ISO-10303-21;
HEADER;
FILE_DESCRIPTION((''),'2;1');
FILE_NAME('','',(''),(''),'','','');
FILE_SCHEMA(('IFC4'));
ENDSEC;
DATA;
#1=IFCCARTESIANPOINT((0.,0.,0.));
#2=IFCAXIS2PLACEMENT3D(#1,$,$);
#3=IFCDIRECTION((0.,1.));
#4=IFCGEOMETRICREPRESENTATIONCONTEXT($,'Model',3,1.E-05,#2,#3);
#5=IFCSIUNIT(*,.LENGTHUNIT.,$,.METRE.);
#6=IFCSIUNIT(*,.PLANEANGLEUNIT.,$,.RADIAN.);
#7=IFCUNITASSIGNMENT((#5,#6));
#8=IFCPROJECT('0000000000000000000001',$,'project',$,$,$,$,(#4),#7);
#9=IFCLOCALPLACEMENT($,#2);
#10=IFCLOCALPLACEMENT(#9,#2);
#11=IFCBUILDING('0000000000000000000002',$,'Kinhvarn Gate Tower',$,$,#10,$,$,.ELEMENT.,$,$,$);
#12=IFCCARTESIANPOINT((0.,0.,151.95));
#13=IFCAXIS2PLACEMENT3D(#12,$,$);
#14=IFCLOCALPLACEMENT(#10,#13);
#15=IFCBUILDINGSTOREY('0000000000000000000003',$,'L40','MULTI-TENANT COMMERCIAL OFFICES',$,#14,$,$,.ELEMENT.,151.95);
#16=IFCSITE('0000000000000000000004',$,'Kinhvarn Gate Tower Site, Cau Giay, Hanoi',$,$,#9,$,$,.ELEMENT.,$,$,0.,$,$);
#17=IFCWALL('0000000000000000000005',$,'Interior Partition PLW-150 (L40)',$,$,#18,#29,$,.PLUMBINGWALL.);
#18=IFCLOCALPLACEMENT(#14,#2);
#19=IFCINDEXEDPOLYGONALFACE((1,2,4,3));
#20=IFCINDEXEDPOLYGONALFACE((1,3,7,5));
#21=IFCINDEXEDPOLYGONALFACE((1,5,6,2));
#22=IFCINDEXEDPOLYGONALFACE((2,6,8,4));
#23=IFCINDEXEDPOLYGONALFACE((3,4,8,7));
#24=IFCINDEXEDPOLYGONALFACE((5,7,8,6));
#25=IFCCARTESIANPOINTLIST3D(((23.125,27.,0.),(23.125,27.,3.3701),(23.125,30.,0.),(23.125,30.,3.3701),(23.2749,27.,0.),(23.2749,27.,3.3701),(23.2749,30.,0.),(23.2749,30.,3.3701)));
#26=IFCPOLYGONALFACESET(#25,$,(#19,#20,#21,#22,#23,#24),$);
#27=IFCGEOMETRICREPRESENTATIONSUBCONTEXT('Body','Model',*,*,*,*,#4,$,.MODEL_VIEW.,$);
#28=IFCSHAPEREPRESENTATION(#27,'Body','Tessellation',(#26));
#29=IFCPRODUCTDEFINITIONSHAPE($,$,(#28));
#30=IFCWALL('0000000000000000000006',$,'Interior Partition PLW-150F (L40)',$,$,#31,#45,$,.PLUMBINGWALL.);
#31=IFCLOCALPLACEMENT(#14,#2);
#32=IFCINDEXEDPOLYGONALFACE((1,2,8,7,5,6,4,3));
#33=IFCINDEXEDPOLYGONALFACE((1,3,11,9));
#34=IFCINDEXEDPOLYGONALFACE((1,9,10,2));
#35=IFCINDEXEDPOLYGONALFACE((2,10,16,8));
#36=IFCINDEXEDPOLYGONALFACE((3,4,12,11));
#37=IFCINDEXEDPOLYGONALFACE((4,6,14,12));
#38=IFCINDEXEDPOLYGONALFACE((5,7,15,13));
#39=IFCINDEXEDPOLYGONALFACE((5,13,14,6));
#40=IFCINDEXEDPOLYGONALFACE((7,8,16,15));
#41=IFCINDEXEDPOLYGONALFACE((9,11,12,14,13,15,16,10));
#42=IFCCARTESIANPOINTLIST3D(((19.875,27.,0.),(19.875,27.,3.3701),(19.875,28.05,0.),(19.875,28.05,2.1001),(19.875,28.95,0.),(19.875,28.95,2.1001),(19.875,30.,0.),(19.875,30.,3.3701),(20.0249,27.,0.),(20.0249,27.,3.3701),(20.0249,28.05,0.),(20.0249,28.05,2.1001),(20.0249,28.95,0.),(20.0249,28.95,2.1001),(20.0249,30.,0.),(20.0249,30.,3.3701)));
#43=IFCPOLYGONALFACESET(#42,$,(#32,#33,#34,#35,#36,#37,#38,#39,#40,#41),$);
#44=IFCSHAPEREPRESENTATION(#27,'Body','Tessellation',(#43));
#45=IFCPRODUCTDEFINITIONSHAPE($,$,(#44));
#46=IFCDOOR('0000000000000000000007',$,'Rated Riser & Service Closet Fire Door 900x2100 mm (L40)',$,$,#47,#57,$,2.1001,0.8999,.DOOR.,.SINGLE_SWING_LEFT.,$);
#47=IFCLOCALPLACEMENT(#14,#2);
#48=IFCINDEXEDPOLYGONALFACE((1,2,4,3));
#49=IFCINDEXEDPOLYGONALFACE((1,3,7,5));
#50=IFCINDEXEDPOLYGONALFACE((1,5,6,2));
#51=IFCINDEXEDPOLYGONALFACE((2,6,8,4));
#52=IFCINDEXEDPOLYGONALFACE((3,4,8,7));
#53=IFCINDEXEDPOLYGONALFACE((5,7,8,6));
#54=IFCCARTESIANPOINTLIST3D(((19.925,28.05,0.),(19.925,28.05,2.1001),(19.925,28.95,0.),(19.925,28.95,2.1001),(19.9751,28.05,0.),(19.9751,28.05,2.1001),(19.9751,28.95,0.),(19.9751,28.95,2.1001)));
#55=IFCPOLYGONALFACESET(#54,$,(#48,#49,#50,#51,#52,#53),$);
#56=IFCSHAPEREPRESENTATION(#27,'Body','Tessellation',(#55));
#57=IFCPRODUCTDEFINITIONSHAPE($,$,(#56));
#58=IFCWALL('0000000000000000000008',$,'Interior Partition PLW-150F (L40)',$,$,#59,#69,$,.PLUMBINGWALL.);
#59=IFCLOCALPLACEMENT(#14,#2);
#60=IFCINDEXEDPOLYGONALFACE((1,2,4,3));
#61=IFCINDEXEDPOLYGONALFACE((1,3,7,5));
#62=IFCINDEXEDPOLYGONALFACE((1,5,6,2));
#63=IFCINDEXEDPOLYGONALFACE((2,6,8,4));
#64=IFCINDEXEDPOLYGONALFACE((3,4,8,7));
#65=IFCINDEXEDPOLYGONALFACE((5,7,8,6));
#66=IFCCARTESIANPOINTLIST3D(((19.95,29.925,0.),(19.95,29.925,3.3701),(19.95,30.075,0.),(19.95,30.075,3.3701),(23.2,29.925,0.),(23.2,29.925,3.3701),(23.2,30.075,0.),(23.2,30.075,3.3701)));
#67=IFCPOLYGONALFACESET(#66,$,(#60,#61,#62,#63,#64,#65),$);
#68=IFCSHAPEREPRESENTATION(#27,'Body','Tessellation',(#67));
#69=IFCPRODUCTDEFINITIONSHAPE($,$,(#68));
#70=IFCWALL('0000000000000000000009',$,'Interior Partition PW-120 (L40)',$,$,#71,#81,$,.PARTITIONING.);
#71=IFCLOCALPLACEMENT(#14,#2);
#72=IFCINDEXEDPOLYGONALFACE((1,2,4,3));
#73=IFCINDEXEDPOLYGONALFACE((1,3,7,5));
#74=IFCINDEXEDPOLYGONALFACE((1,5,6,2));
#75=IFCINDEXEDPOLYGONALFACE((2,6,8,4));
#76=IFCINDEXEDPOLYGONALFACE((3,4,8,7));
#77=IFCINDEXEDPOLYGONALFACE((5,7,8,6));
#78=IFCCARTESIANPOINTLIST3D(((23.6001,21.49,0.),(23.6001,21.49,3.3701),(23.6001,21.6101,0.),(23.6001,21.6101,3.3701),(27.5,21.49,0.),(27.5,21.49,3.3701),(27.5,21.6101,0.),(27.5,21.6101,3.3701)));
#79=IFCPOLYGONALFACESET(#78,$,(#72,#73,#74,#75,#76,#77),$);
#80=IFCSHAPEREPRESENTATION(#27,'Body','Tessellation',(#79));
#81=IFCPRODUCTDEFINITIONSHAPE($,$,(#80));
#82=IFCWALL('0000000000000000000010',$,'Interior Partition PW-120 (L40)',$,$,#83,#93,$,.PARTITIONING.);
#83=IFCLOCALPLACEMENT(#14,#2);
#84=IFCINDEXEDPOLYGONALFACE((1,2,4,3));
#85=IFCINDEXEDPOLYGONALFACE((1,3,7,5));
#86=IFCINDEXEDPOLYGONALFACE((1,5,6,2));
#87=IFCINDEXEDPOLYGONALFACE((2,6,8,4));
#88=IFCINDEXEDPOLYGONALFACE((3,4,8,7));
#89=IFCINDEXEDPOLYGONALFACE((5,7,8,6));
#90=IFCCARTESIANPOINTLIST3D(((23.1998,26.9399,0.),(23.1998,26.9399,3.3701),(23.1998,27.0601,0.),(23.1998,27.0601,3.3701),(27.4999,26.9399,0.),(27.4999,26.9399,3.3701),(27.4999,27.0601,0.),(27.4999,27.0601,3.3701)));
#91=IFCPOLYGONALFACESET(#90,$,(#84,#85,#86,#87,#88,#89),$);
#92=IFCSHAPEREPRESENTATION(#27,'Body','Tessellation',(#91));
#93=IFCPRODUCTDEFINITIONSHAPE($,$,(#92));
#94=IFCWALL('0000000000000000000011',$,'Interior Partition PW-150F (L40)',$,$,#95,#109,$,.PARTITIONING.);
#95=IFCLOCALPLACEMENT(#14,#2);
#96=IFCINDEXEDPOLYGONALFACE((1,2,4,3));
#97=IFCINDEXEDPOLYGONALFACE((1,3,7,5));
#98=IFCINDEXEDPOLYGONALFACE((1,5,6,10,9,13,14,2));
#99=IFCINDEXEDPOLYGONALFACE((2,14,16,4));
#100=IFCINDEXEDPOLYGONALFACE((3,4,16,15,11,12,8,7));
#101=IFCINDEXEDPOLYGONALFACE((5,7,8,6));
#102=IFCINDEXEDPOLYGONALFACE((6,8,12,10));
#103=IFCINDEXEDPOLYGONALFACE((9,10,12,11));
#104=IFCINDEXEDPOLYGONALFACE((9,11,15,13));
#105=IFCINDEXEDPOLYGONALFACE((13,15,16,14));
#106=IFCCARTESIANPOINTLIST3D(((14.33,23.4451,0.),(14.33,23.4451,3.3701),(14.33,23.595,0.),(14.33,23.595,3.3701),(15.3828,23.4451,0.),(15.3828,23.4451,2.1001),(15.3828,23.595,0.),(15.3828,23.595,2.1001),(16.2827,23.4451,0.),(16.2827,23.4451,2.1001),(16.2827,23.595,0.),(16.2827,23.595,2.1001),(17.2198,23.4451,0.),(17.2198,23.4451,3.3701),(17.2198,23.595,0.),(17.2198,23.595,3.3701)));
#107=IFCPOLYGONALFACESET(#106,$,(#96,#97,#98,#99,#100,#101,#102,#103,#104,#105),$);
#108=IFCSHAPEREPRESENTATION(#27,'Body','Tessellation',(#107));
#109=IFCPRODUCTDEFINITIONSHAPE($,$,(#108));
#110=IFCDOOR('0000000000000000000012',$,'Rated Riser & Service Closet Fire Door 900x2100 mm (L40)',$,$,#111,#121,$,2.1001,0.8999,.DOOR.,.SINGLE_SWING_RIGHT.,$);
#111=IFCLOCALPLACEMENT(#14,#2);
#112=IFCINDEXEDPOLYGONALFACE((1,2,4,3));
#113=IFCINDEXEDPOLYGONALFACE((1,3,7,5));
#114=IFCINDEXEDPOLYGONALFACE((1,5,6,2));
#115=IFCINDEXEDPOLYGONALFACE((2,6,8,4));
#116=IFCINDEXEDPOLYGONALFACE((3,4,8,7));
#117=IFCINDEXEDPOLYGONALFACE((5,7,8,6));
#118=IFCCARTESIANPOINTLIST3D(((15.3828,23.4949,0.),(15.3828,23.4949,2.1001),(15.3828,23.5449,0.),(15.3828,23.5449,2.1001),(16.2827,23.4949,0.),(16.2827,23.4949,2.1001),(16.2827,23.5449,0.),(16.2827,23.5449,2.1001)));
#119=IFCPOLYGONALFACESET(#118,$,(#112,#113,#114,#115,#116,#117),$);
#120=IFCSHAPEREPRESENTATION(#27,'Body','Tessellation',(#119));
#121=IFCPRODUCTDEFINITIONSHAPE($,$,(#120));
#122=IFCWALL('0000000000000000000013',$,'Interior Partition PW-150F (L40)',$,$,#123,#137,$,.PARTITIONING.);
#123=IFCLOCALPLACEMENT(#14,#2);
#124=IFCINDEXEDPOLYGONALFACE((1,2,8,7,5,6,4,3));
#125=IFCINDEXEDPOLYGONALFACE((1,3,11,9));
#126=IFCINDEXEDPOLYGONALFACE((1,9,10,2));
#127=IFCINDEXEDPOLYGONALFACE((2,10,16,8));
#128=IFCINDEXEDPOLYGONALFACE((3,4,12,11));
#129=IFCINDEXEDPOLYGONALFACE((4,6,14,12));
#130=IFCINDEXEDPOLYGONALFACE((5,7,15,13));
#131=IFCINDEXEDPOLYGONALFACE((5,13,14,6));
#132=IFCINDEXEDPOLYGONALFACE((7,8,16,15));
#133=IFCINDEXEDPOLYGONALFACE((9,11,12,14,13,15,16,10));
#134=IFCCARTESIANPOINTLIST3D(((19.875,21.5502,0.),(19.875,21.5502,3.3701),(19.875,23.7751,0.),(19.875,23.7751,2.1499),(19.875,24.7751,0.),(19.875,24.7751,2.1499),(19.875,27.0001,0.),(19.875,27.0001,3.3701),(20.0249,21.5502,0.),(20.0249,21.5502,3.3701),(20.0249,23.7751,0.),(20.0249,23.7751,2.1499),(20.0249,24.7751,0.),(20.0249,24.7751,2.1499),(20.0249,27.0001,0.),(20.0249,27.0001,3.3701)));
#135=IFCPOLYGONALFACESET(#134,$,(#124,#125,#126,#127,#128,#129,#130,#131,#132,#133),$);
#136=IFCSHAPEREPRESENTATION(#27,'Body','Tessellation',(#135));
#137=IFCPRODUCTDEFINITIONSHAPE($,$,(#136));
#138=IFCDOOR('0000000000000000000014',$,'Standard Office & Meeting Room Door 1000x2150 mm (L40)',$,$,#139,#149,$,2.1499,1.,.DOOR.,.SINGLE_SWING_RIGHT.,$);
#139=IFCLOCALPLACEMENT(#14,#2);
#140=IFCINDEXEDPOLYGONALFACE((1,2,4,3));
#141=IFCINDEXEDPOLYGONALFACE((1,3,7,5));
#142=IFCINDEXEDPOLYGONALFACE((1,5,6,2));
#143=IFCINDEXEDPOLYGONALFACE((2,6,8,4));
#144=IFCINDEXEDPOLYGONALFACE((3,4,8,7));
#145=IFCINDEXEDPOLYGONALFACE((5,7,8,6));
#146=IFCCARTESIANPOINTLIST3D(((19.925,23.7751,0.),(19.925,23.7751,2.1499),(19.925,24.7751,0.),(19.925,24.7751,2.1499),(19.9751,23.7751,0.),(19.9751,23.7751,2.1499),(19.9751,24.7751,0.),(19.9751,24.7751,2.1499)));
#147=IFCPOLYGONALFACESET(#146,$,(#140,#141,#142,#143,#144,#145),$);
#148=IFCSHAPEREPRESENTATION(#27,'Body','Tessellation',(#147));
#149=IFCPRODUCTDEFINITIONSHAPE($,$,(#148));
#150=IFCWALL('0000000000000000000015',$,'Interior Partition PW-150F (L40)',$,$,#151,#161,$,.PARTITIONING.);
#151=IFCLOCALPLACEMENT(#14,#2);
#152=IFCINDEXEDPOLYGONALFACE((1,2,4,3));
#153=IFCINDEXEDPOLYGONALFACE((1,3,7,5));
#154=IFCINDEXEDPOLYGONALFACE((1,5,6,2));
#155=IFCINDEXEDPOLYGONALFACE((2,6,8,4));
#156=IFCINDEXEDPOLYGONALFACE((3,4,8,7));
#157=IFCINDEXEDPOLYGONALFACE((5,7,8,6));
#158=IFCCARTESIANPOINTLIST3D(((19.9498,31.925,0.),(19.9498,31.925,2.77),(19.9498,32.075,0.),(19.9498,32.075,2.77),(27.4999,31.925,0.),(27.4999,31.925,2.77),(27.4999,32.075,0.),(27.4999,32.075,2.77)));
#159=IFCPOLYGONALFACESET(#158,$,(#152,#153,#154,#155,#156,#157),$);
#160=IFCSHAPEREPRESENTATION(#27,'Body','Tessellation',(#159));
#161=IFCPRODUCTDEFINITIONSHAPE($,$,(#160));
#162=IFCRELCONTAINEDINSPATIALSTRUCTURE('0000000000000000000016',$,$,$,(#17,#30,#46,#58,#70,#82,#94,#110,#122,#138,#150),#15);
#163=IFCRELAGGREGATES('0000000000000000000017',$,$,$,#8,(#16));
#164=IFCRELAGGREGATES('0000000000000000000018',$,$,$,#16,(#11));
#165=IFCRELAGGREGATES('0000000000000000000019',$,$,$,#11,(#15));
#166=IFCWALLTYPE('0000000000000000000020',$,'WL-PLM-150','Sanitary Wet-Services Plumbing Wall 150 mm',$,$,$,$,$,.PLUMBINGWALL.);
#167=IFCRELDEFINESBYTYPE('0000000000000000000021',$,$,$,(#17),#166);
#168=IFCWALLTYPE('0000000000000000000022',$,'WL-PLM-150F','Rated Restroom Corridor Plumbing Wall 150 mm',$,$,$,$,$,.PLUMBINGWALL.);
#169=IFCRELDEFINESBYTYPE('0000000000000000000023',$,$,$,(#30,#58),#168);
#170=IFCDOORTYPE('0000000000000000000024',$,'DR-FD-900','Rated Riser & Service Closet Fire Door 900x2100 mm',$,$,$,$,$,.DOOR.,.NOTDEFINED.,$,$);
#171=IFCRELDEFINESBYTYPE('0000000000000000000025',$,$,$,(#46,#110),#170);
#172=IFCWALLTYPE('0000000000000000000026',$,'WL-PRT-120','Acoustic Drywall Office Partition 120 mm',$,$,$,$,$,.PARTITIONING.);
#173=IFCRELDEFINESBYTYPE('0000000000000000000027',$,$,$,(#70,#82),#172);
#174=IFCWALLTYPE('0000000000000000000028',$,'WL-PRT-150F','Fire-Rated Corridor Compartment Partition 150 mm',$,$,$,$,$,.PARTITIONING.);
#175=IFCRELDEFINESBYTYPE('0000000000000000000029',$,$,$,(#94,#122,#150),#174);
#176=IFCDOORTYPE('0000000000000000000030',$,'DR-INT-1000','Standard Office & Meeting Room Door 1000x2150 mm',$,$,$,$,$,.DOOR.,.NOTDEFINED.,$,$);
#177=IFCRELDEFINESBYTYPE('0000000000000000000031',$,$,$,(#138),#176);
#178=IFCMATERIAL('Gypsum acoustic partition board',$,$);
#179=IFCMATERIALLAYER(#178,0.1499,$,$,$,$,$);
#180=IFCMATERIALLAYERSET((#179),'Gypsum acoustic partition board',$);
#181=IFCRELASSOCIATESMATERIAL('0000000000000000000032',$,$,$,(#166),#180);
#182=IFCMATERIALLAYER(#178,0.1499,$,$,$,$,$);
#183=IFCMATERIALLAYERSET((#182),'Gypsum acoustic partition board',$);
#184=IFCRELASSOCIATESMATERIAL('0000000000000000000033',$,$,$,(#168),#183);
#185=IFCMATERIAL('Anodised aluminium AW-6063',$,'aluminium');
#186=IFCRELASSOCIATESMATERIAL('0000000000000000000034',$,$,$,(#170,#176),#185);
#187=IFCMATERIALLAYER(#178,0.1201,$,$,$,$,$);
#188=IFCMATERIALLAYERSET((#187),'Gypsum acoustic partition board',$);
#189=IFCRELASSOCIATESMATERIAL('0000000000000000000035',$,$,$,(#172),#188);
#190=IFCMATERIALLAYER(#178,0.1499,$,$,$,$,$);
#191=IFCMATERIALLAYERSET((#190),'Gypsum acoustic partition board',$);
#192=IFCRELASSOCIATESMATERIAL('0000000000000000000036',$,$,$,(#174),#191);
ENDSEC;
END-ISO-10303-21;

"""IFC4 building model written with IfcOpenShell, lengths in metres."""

from ifc_helpers import new_model, si_unit, direction, frame, frame_2d, origin, place, context, subcontext, project, spatial, rectangle, extrude, material, layer, layer_set, type_object, element, fill, save


model = new_model("IFC4")

# Units and contexts
model_context = context("Model", 3, precision=1e-05, world=origin(), true_north=direction((0.0, 1.0)))
body_context = subcontext(model_context, "Body", "Model", "MODEL_VIEW")
ifc_project = project(units=[si_unit("LENGTHUNIT", "METRE"), si_unit("PLANEANGLEUNIT", "RADIAN")], contexts=[model_context])

# Site, building, storey
site_placement = place(None, origin())
site = spatial("IfcSite", under=ifc_project, at=site_placement, Name="Kinhvarn Gate Tower Site, Cau Giay, Hanoi", CompositionType="ELEMENT", RefElevation=0.0)
building_placement = place(site_placement, origin())
building = spatial("IfcBuilding", under=site, at=building_placement, Name="Kinhvarn Gate Tower", CompositionType="ELEMENT")
storey_placement = place(building_placement, frame((0.0, 0.0, 151.95)))
storey = spatial("IfcBuildingStorey", under=building, at=storey_placement, Name="L40", Description="MULTI-TENANT COMMERCIAL OFFICES", CompositionType="ELEMENT", Elevation=151.95)

# Shared definitions
ifc_material_1 = material(Name="Anodised aluminium AW-6063", Category="aluminium")

# Wall
ifc_material_2 = material(Name="Gypsum acoustic partition board")
ifc_layer_1 = layer(ifc_material_2, 0.1499)
ifc_layer_set_1 = layer_set([ifc_layer_1], Name="Gypsum acoustic partition board")
wall_type_1 = type_object("IfcWallType", Name="WL-PLM-150", Description="Sanitary Wet-Services Plumbing Wall 150 mm", PredefinedType="PLUMBINGWALL", material=ifc_layer_set_1)
wall_1_placement = place(storey_placement, frame((23.2, 27.0, 0.0), z_axis=(0.0, 0.0, 1.0), x_axis=(0.0, 1.0, 0.0)))
element("IfcWall", 1, at=wall_1_placement, inside=storey, type_object=wall_type_1, Name="Interior Partition PLW-150 (L40)", PredefinedType="PLUMBINGWALL", context=body_context, shape_type="SweptSolid", body=[
    extrude(rectangle(XDim=3.0, YDim=0.1499, at=frame_2d((1.5, 0.0))), origin(), (0.0, 0.0, 1.0), 3.3701),
])

# Wall, opening, door
ifc_layer_2 = layer(ifc_material_2, 0.1499)
ifc_layer_set_2 = layer_set([ifc_layer_2], Name="Gypsum acoustic partition board")
wall_type_2 = type_object("IfcWallType", Name="WL-PLM-150F", Description="Rated Restroom Corridor Plumbing Wall 150 mm", PredefinedType="PLUMBINGWALL", material=ifc_layer_set_2)
wall_2_placement = place(storey_placement, frame((19.95, 27.0, 0.0), z_axis=(0.0, 0.0, 1.0), x_axis=(0.0, 1.0, 0.0)))
wall_2 = element("IfcWall", 2, at=wall_2_placement, inside=storey, type_object=wall_type_2, Name="Interior Partition PLW-150F (L40)", PredefinedType="PLUMBINGWALL", context=body_context, shape_type="SweptSolid", body=[
    extrude(rectangle(XDim=3.0, YDim=0.1499, at=frame_2d((1.5, 0.0))), origin(), (0.0, 0.0, 1.0), 3.3701),
])
opening_1_placement = place(wall_2_placement, frame((1.05, 0.0, 0.0)))
opening_1 = element("IfcOpeningElement", 3, at=opening_1_placement, cuts=wall_2, PredefinedType="OPENING", context=body_context, shape_type="SweptSolid", body=[
    extrude(rectangle(XDim=0.8999, YDim=2.1001, at=frame_2d((0.45, 1.05))), frame((0.0, 0.085, 0.0), z_axis=(0.0, -1.0, 0.0), x_axis=(1.0, 0.0, 0.0)), (0.0, 0.0, 1.0), 0.1699),
])
door_type_1 = type_object("IfcDoorType", Name="DR-FD-900", Description="Rated Riser & Service Closet Fire Door 900x2100 mm", OperationType="NOTDEFINED", PredefinedType="DOOR", material=ifc_material_1)
door_1_placement = place(opening_1_placement, origin())
door_1 = element("IfcDoor", 4, at=door_1_placement, inside=storey, type_object=door_type_1, Name="Rated Riser & Service Closet Fire Door 900x2100 mm (L40)", OperationType="SINGLE_SWING_LEFT", OverallHeight=2.1001, OverallWidth=0.8999, PredefinedType="DOOR", context=body_context, shape_type="SweptSolid", body=[
    extrude(rectangle(XDim=0.8999, YDim=2.1001, at=frame_2d((0.45, 1.05))), frame((0.0, 0.0249, 0.0), z_axis=(0.0, -1.0, 0.0), x_axis=(1.0, 0.0, 0.0)), (0.0, 0.0, 1.0), 0.05),
])
fill(opening_1, door_1)

# Walls
wall_3_placement = place(storey_placement, frame((19.95, 30.0, 0.0), z_axis=(0.0, 0.0, 1.0), x_axis=(1.0, 0.0, 0.0)))
element("IfcWall", 5, at=wall_3_placement, inside=storey, type_object=wall_type_2, Name="Interior Partition PLW-150F (L40)", PredefinedType="PLUMBINGWALL", context=body_context, shape_type="SweptSolid", body=[
    extrude(rectangle(XDim=3.25, YDim=0.1499, at=frame_2d((1.625, 0.0))), origin(), (0.0, 0.0, 1.0), 3.3701),
])
ifc_layer_3 = layer(ifc_material_2, 0.1201)
ifc_layer_set_3 = layer_set([ifc_layer_3], Name="Gypsum acoustic partition board")
wall_type_3 = type_object("IfcWallType", Name="WL-PRT-120", Description="Acoustic Drywall Office Partition 120 mm", PredefinedType="PARTITIONING", material=ifc_layer_set_3)
wall_4_placement = place(storey_placement, frame((23.6001, 21.55, 0.0), z_axis=(0.0, 0.0, 1.0), x_axis=(1.0, 0.0, 0.0)))
element("IfcWall", 6, at=wall_4_placement, inside=storey, type_object=wall_type_3, Name="Interior Partition PW-120 (L40)", PredefinedType="PARTITIONING", context=body_context, shape_type="SweptSolid", body=[
    extrude(rectangle(XDim=3.8999, YDim=0.1201, at=frame_2d((1.95, 0.0))), origin(), (0.0, 0.0, 1.0), 3.3701),
])
wall_5_placement = place(storey_placement, frame((23.2, 27.0, 0.0), z_axis=(0.0, 0.0, 1.0), x_axis=(1.0, 0.0, 0.0)))
element("IfcWall", 7, at=wall_5_placement, inside=storey, type_object=wall_type_3, Name="Interior Partition PW-120 (L40)", PredefinedType="PARTITIONING", context=body_context, shape_type="SweptSolid", body=[
    extrude(rectangle(XDim=4.3, YDim=0.1201, at=frame_2d((2.1499, 0.0))), origin(), (0.0, 0.0, 1.0), 3.3701),
])

# Walls, openings, doors
ifc_layer_4 = layer(ifc_material_2, 0.1499)
ifc_layer_set_4 = layer_set([ifc_layer_4], Name="Gypsum acoustic partition board")
wall_type_4 = type_object("IfcWallType", Name="WL-PRT-150F", Description="Fire-Rated Corridor Compartment Partition 150 mm", PredefinedType="PARTITIONING", material=ifc_layer_set_4)
wall_6_placement = place(storey_placement, frame((14.3301, 23.52, 0.0), z_axis=(0.0, 0.0, 1.0), x_axis=(1.0, 0.0, 0.0)))
wall_6 = element("IfcWall", 8, at=wall_6_placement, inside=storey, type_object=wall_type_4, Name="Interior Partition PW-150F (L40)", PredefinedType="PARTITIONING", context=body_context, shape_type="SweptSolid", body=[
    extrude(rectangle(XDim=2.8899, YDim=0.1499, at=frame_2d((1.4448, 0.0))), origin(), (0.0, 0.0, 1.0), 3.3701),
])
opening_2_placement = place(wall_6_placement, frame((1.0527, 0.0, 0.0)))
opening_2 = element("IfcOpeningElement", 9, at=opening_2_placement, cuts=wall_6, PredefinedType="OPENING", context=body_context, shape_type="SweptSolid", body=[
    extrude(rectangle(XDim=0.8999, YDim=2.1001, at=frame_2d((0.45, 1.05))), frame((0.0, 0.085, 0.0), z_axis=(0.0, -1.0, 0.0), x_axis=(1.0, 0.0, 0.0)), (0.0, 0.0, 1.0), 0.1699),
])
door_2_placement = place(opening_2_placement, origin())
door_2 = element("IfcDoor", 10, at=door_2_placement, inside=storey, type_object=door_type_1, Name="Rated Riser & Service Closet Fire Door 900x2100 mm (L40)", OperationType="SINGLE_SWING_RIGHT", OverallHeight=2.1001, OverallWidth=0.8999, PredefinedType="DOOR", context=body_context, shape_type="SweptSolid", body=[
    extrude(rectangle(XDim=0.8999, YDim=2.1001, at=frame_2d((0.45, 1.05))), frame((0.0, 0.0249, 0.0), z_axis=(0.0, -1.0, 0.0), x_axis=(1.0, 0.0, 0.0)), (0.0, 0.0, 1.0), 0.05),
])
fill(opening_2, door_2)
wall_7_placement = place(storey_placement, frame((19.95, 21.55, 0.0), z_axis=(0.0, 0.0, 1.0), x_axis=(0.0, 1.0, 0.0)))
wall_7 = element("IfcWall", 11, at=wall_7_placement, inside=storey, type_object=wall_type_4, Name="Interior Partition PW-150F (L40)", PredefinedType="PARTITIONING", context=body_context, shape_type="SweptSolid", body=[
    extrude(rectangle(XDim=5.45, YDim=0.1499, at=frame_2d((2.7251, 0.0))), origin(), (0.0, 0.0, 1.0), 3.3701),
])
opening_3_placement = place(wall_7_placement, frame((2.2251, 0.0, 0.0)))
opening_3 = element("IfcOpeningElement", 12, at=opening_3_placement, cuts=wall_7, PredefinedType="OPENING", context=body_context, shape_type="SweptSolid", body=[
    extrude(rectangle(XDim=1.0, YDim=2.1499, at=frame_2d((0.5, 1.075))), frame((0.0, 0.085, 0.0), z_axis=(0.0, -1.0, 0.0), x_axis=(1.0, 0.0, 0.0)), (0.0, 0.0, 1.0), 0.1699),
])
door_type_2 = type_object("IfcDoorType", Name="DR-INT-1000", Description="Standard Office & Meeting Room Door 1000x2150 mm", OperationType="NOTDEFINED", PredefinedType="DOOR", material=ifc_material_1)
door_3_placement = place(opening_3_placement, origin())
door_3 = element("IfcDoor", 13, at=door_3_placement, inside=storey, type_object=door_type_2, Name="Standard Office & Meeting Room Door 1000x2150 mm (L40)", OperationType="SINGLE_SWING_RIGHT", OverallHeight=2.1499, OverallWidth=1.0, PredefinedType="DOOR", context=body_context, shape_type="SweptSolid", body=[
    extrude(rectangle(XDim=1.0, YDim=2.1499, at=frame_2d((0.5, 1.075))), frame((0.0, 0.0249, 0.0), z_axis=(0.0, -1.0, 0.0), x_axis=(1.0, 0.0, 0.0)), (0.0, 0.0, 1.0), 0.05),
])
fill(opening_3, door_3)

# Wall
wall_8_placement = place(storey_placement, frame((19.95, 32.0, 0.0), z_axis=(0.0, 0.0, 1.0), x_axis=(1.0, 0.0, 0.0)))
element("IfcWall", 14, at=wall_8_placement, inside=storey, type_object=wall_type_4, Name="Interior Partition PW-150F (L40)", PredefinedType="PARTITIONING", context=body_context, shape_type="SweptSolid", body=[
    extrude(rectangle(XDim=7.55, YDim=0.1499, at=frame_2d((3.7749, 0.0))), origin(), (0.0, 0.0, 1.0), 2.77),
])

save(model, "model.ifc")
